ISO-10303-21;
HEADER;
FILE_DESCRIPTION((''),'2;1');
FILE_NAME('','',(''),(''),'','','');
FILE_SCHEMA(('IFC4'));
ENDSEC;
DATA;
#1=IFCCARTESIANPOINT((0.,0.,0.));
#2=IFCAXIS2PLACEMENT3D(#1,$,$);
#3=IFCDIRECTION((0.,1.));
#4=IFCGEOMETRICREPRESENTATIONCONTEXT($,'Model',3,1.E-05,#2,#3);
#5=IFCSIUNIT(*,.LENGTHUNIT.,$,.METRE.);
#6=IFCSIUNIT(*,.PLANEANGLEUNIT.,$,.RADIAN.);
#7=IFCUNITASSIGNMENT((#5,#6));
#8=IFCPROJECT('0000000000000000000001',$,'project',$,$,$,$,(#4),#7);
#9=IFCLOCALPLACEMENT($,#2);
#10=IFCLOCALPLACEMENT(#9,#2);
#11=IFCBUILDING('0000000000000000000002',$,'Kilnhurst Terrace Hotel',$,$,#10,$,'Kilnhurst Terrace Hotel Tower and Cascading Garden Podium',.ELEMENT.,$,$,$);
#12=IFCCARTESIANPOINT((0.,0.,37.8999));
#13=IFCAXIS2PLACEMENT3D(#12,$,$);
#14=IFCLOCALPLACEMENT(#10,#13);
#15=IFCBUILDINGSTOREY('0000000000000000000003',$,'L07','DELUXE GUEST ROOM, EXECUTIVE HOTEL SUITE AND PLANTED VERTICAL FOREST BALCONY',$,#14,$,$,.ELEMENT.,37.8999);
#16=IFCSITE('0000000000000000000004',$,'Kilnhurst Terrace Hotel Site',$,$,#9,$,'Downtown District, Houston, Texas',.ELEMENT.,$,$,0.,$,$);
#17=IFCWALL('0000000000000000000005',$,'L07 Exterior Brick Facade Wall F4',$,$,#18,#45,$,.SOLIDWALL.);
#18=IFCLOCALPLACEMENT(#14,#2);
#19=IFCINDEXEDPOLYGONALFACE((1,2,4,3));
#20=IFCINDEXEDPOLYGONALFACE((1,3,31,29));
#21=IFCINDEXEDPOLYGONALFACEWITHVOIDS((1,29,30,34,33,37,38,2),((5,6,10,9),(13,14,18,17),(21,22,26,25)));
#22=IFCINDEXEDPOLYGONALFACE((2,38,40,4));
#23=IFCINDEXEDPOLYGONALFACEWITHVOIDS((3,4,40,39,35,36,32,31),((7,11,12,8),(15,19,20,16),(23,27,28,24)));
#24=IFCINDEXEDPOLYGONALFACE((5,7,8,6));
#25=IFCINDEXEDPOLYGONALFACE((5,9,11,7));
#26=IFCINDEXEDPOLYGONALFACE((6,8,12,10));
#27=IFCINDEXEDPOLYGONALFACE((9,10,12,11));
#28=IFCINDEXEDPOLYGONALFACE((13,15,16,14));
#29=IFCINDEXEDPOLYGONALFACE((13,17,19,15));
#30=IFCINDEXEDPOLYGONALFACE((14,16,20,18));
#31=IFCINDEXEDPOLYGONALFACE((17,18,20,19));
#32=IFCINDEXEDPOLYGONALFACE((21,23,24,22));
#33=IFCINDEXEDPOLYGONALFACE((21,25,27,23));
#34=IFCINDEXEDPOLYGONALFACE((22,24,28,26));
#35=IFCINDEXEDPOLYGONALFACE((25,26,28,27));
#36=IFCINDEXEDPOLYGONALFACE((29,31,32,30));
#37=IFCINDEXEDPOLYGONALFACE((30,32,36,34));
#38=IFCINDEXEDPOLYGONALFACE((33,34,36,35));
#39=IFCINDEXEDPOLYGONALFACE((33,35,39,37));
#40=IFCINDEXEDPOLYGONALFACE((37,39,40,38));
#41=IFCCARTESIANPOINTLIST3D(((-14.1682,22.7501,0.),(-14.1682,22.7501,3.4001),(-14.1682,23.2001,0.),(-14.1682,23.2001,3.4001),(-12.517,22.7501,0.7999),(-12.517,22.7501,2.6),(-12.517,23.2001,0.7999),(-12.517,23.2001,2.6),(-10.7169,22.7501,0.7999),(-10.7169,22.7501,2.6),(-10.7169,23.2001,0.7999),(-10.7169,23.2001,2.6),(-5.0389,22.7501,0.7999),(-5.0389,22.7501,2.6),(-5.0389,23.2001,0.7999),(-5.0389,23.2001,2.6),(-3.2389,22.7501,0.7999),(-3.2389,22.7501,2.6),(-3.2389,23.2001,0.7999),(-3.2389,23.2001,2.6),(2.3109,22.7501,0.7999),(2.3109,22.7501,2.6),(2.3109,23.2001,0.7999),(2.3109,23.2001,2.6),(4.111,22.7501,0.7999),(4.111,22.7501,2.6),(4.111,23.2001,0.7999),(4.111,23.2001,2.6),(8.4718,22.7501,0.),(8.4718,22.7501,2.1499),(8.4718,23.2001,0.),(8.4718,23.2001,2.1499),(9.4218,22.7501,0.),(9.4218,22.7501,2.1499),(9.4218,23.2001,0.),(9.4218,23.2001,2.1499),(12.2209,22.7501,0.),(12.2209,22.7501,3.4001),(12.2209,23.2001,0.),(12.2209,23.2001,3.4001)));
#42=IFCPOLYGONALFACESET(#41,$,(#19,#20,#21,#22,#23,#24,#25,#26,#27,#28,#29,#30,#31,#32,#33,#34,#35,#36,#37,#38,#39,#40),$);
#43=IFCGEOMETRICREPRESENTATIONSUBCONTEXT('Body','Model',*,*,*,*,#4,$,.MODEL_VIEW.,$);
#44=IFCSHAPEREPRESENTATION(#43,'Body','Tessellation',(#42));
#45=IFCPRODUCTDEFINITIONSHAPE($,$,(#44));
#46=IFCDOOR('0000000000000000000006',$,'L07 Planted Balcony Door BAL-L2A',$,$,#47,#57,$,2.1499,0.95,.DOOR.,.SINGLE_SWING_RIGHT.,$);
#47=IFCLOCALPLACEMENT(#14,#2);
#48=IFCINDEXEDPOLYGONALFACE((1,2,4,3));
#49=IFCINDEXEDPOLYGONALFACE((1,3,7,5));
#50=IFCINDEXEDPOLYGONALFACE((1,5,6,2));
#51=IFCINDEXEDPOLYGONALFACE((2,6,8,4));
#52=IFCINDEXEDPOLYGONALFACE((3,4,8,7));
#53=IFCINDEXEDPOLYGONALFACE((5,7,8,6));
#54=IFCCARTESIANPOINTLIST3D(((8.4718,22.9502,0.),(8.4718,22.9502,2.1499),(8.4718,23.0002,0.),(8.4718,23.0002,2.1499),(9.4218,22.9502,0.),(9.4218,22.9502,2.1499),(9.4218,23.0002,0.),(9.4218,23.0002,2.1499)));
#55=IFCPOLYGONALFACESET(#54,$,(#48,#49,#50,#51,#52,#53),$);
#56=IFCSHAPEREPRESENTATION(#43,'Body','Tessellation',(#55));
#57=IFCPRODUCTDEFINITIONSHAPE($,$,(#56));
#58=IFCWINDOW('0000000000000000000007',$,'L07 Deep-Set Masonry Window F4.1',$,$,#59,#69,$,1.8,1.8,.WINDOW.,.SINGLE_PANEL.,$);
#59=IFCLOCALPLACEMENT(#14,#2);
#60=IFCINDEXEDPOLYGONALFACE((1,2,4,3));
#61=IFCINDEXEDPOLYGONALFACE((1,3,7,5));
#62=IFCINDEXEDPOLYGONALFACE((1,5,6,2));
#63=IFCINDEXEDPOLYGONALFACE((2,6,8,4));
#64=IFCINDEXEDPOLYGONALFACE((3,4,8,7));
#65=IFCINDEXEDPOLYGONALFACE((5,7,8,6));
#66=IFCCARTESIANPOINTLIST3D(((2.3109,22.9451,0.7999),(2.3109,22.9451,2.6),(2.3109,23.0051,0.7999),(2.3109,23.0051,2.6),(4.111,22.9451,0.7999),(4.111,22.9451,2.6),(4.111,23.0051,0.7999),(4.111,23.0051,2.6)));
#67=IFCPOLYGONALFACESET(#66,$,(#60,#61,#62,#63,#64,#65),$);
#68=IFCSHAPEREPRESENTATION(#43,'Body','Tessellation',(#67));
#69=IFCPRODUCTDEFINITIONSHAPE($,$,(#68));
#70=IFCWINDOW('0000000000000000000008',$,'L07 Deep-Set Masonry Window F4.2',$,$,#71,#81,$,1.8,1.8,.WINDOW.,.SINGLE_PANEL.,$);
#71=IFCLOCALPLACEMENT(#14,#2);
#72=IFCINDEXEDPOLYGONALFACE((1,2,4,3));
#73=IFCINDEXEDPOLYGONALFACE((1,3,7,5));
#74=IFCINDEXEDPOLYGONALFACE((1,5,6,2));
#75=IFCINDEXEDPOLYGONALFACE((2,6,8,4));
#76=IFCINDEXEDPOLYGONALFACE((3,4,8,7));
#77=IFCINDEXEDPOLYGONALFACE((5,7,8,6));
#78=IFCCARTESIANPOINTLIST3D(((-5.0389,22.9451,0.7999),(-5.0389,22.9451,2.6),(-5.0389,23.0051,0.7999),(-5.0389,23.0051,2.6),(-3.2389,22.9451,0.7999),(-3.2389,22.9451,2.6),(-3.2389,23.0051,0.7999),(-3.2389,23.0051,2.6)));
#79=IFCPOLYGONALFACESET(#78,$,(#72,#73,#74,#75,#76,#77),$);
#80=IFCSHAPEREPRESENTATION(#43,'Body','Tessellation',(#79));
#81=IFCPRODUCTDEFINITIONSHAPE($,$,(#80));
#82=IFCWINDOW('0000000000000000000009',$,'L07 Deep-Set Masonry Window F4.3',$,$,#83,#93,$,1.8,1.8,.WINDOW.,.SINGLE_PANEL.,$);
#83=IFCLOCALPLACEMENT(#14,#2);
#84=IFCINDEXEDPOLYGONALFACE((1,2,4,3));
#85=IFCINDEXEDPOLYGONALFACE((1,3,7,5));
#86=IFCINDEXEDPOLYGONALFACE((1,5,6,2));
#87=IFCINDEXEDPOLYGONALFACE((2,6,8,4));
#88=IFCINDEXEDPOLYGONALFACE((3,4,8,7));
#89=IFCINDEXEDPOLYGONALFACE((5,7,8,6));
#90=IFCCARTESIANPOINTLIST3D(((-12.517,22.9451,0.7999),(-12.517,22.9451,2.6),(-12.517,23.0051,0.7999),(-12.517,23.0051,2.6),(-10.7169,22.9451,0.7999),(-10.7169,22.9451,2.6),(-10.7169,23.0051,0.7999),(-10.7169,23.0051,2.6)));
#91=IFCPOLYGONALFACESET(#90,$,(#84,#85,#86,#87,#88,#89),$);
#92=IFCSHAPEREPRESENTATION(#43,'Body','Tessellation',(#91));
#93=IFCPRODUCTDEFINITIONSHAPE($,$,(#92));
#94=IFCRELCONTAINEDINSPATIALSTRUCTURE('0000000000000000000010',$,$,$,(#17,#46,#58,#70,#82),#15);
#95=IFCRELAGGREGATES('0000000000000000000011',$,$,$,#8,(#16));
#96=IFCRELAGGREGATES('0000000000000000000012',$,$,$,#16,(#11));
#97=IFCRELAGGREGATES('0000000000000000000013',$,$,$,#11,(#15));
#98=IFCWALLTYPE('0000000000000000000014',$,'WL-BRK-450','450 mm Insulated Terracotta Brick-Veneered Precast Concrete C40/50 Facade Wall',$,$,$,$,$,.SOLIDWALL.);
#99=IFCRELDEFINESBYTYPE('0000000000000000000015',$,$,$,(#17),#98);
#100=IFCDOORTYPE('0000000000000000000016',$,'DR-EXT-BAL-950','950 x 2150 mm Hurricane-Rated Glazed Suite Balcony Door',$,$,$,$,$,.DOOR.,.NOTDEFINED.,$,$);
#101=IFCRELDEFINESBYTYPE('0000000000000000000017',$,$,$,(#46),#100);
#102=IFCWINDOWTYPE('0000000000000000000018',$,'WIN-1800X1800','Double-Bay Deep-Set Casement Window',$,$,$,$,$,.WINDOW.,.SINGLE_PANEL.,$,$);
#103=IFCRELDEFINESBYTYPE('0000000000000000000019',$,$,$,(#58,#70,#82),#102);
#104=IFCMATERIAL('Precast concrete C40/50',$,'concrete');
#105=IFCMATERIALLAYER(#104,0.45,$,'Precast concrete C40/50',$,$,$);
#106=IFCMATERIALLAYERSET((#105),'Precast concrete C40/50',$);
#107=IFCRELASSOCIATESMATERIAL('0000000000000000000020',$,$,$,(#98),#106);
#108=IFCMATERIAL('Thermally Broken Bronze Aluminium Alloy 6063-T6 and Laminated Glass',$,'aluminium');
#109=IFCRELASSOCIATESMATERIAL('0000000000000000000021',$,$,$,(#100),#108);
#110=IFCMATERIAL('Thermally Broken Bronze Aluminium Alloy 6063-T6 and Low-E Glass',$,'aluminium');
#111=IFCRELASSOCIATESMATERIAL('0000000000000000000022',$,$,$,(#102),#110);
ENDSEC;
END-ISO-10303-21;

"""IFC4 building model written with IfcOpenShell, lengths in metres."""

from ifc_helpers import new_model, si_unit, direction, frame, frame_2d, origin, place, context, subcontext, project, spatial, rectangle, extrude, material, layer, layer_set, type_object, element, fill, save


model = new_model("IFC4")

# Units and contexts
model_context = context("Model", 3, precision=1e-05, world=origin(), true_north=direction((0.0, 1.0)))
body_context = subcontext(model_context, "Body", "Model", "MODEL_VIEW")
ifc_project = project(units=[si_unit("LENGTHUNIT", "METRE"), si_unit("PLANEANGLEUNIT", "RADIAN")], contexts=[model_context])

# Site, building, storey
site_placement = place(None, origin())
site = spatial("IfcSite", under=ifc_project, at=site_placement, Name="Kilnhurst Terrace Hotel Site", LongName="Downtown District, Houston, Texas", CompositionType="ELEMENT", RefElevation=0.0)
building_placement = place(site_placement, origin())
building = spatial("IfcBuilding", under=site, at=building_placement, Name="Kilnhurst Terrace Hotel", LongName="Kilnhurst Terrace Hotel Tower and Cascading Garden Podium", CompositionType="ELEMENT")
storey_placement = place(building_placement, frame((0.0, 0.0, 37.8999)))
storey = spatial("IfcBuildingStorey", under=building, at=storey_placement, Name="L07", Description="DELUXE GUEST ROOM, EXECUTIVE HOTEL SUITE AND PLANTED VERTICAL FOREST BALCONY", CompositionType="ELEMENT", Elevation=37.8999)

# Shared definitions
ifc_material_1 = material(Name="Precast concrete C40/50", Category="concrete")
ifc_layer_1 = layer(ifc_material_1, 0.45, Name="Precast concrete C40/50")
ifc_layer_set_1 = layer_set([ifc_layer_1], Name="Precast concrete C40/50")
wall_type_1 = type_object("IfcWallType", Name="WL-BRK-450", Description="450 mm Insulated Terracotta Brick-Veneered Precast Concrete C40/50 Facade Wall", PredefinedType="SOLIDWALL", material=ifc_layer_set_1)

# Wall, openings, door, windows
wall_1_placement = place(storey_placement, frame((12.2209, 22.9751, 0.0), z_axis=(0.0, 0.0, 1.0), x_axis=(-1.0, 0.0, 0.0)))
wall_1 = element("IfcWall", 1, at=wall_1_placement, inside=storey, type_object=wall_type_1, Name="L07 Exterior Brick Facade Wall F4", PredefinedType="SOLIDWALL", context=body_context, shape_type="SweptSolid", body=[
    extrude(rectangle(XDim=26.3892, YDim=0.45, at=frame_2d((13.1946, 0.0))), origin(), (0.0, 0.0, 1.0), 3.4001),
])
opening_1_placement = place(wall_1_placement, frame((2.7991, 0.0, 0.0)))
opening_1 = element("IfcOpeningElement", 2, at=opening_1_placement, cuts=wall_1, PredefinedType="OPENING", context=body_context, shape_type="SweptSolid", body=[
    extrude(rectangle(XDim=0.95, YDim=2.1499, at=frame_2d((0.4751, 1.075))), frame((0.0, 0.2349, 0.0), z_axis=(0.0, -1.0, 0.0), x_axis=(1.0, 0.0, 0.0)), (0.0, 0.0, 1.0), 0.47),
])
opening_2_placement = place(wall_1_placement, frame((8.1101, 0.0, 0.8)))
opening_2 = element("IfcOpeningElement", 3, at=opening_2_placement, cuts=wall_1, PredefinedType="OPENING", context=body_context, shape_type="SweptSolid", body=[
    extrude(rectangle(XDim=1.8, YDim=1.8, at=frame_2d((0.8999, 0.8999))), frame((0.0, 0.2349, 0.0), z_axis=(0.0, -1.0, 0.0), x_axis=(1.0, 0.0, 0.0)), (0.0, 0.0, 1.0), 0.47),
])
opening_3_placement = place(wall_1_placement, frame((15.46, 0.0, 0.8)))
opening_3 = element("IfcOpeningElement", 4, at=opening_3_placement, cuts=wall_1, PredefinedType="OPENING", context=body_context, shape_type="SweptSolid", body=[
    extrude(rectangle(XDim=1.8, YDim=1.8, at=frame_2d((0.8999, 0.8999))), frame((0.0, 0.2349, 0.0), z_axis=(0.0, -1.0, 0.0), x_axis=(1.0, 0.0, 0.0)), (0.0, 0.0, 1.0), 0.47),
])
opening_4_placement = place(wall_1_placement, frame((22.938, 0.0, 0.8)))
opening_4 = element("IfcOpeningElement", 5, at=opening_4_placement, cuts=wall_1, PredefinedType="OPENING", context=body_context, shape_type="SweptSolid", body=[
    extrude(rectangle(XDim=1.8, YDim=1.8, at=frame_2d((0.8999, 0.8999))), frame((0.0, 0.2349, 0.0), z_axis=(0.0, -1.0, 0.0), x_axis=(1.0, 0.0, 0.0)), (0.0, 0.0, 1.0), 0.47),
])
ifc_material_2 = material(Name="Thermally Broken Bronze Aluminium Alloy 6063-T6 and Laminated Glass", Category="aluminium")
door_type_1 = type_object("IfcDoorType", Name="DR-EXT-BAL-950", Description="950 x 2150 mm Hurricane-Rated Glazed Suite Balcony Door", OperationType="NOTDEFINED", PredefinedType="DOOR", material=ifc_material_2)
door_1_placement = place(opening_1_placement, origin())
door_1 = element("IfcDoor", 6, at=door_1_placement, inside=storey, type_object=door_type_1, Name="L07 Planted Balcony Door BAL-L2A", OperationType="SINGLE_SWING_RIGHT", OverallHeight=2.1499, OverallWidth=0.95, PredefinedType="DOOR", context=body_context, shape_type="SweptSolid", body=[
    extrude(rectangle(XDim=0.95, YDim=2.1499, at=frame_2d((0.4751, 1.075))), frame((0.0, 0.0249, 0.0), z_axis=(0.0, -1.0, 0.0), x_axis=(1.0, 0.0, 0.0)), (0.0, 0.0, 1.0), 0.05),
])
fill(opening_1, door_1)
ifc_material_3 = material(Name="Thermally Broken Bronze Aluminium Alloy 6063-T6 and Low-E Glass", Category="aluminium")
window_type = type_object("IfcWindowType", Name="WIN-1800X1800", Description="Double-Bay Deep-Set Casement Window", PartitioningType="SINGLE_PANEL", PredefinedType="WINDOW", material=ifc_material_3)
window_1_placement = place(opening_2_placement, origin())
window_1 = element("IfcWindow", 7, at=window_1_placement, inside=storey, type_object=window_type, Name="L07 Deep-Set Masonry Window F4.1", OverallHeight=1.8, OverallWidth=1.8, PartitioningType="SINGLE_PANEL", PredefinedType="WINDOW", context=body_context, shape_type="SweptSolid", body=[
    extrude(rectangle(XDim=1.8, YDim=1.8, at=frame_2d((0.8999, 0.8999))), frame((0.0, 0.03, 0.0), z_axis=(0.0, -1.0, 0.0), x_axis=(1.0, 0.0, 0.0)), (0.0, 0.0, 1.0), 0.0601),
])
fill(opening_2, window_1)
window_2_placement = place(opening_3_placement, origin())
window_2 = element("IfcWindow", 8, at=window_2_placement, inside=storey, type_object=window_type, Name="L07 Deep-Set Masonry Window F4.2", OverallHeight=1.8, OverallWidth=1.8, PartitioningType="SINGLE_PANEL", PredefinedType="WINDOW", context=body_context, shape_type="SweptSolid", body=[
    extrude(rectangle(XDim=1.8, YDim=1.8, at=frame_2d((0.8999, 0.8999))), frame((0.0, 0.03, 0.0), z_axis=(0.0, -1.0, 0.0), x_axis=(1.0, 0.0, 0.0)), (0.0, 0.0, 1.0), 0.0601),
])
fill(opening_3, window_2)
window_3_placement = place(opening_4_placement, origin())
window_3 = element("IfcWindow", 9, at=window_3_placement, inside=storey, type_object=window_type, Name="L07 Deep-Set Masonry Window F4.3", OverallHeight=1.8, OverallWidth=1.8, PartitioningType="SINGLE_PANEL", PredefinedType="WINDOW", context=body_context, shape_type="SweptSolid", body=[
    extrude(rectangle(XDim=1.8, YDim=1.8, at=frame_2d((0.8999, 0.8999))), frame((0.0, 0.03, 0.0), z_axis=(0.0, -1.0, 0.0), x_axis=(1.0, 0.0, 0.0)), (0.0, 0.0, 1.0), 0.0601),
])
fill(opening_4, window_3)

save(model, "model.ifc")
